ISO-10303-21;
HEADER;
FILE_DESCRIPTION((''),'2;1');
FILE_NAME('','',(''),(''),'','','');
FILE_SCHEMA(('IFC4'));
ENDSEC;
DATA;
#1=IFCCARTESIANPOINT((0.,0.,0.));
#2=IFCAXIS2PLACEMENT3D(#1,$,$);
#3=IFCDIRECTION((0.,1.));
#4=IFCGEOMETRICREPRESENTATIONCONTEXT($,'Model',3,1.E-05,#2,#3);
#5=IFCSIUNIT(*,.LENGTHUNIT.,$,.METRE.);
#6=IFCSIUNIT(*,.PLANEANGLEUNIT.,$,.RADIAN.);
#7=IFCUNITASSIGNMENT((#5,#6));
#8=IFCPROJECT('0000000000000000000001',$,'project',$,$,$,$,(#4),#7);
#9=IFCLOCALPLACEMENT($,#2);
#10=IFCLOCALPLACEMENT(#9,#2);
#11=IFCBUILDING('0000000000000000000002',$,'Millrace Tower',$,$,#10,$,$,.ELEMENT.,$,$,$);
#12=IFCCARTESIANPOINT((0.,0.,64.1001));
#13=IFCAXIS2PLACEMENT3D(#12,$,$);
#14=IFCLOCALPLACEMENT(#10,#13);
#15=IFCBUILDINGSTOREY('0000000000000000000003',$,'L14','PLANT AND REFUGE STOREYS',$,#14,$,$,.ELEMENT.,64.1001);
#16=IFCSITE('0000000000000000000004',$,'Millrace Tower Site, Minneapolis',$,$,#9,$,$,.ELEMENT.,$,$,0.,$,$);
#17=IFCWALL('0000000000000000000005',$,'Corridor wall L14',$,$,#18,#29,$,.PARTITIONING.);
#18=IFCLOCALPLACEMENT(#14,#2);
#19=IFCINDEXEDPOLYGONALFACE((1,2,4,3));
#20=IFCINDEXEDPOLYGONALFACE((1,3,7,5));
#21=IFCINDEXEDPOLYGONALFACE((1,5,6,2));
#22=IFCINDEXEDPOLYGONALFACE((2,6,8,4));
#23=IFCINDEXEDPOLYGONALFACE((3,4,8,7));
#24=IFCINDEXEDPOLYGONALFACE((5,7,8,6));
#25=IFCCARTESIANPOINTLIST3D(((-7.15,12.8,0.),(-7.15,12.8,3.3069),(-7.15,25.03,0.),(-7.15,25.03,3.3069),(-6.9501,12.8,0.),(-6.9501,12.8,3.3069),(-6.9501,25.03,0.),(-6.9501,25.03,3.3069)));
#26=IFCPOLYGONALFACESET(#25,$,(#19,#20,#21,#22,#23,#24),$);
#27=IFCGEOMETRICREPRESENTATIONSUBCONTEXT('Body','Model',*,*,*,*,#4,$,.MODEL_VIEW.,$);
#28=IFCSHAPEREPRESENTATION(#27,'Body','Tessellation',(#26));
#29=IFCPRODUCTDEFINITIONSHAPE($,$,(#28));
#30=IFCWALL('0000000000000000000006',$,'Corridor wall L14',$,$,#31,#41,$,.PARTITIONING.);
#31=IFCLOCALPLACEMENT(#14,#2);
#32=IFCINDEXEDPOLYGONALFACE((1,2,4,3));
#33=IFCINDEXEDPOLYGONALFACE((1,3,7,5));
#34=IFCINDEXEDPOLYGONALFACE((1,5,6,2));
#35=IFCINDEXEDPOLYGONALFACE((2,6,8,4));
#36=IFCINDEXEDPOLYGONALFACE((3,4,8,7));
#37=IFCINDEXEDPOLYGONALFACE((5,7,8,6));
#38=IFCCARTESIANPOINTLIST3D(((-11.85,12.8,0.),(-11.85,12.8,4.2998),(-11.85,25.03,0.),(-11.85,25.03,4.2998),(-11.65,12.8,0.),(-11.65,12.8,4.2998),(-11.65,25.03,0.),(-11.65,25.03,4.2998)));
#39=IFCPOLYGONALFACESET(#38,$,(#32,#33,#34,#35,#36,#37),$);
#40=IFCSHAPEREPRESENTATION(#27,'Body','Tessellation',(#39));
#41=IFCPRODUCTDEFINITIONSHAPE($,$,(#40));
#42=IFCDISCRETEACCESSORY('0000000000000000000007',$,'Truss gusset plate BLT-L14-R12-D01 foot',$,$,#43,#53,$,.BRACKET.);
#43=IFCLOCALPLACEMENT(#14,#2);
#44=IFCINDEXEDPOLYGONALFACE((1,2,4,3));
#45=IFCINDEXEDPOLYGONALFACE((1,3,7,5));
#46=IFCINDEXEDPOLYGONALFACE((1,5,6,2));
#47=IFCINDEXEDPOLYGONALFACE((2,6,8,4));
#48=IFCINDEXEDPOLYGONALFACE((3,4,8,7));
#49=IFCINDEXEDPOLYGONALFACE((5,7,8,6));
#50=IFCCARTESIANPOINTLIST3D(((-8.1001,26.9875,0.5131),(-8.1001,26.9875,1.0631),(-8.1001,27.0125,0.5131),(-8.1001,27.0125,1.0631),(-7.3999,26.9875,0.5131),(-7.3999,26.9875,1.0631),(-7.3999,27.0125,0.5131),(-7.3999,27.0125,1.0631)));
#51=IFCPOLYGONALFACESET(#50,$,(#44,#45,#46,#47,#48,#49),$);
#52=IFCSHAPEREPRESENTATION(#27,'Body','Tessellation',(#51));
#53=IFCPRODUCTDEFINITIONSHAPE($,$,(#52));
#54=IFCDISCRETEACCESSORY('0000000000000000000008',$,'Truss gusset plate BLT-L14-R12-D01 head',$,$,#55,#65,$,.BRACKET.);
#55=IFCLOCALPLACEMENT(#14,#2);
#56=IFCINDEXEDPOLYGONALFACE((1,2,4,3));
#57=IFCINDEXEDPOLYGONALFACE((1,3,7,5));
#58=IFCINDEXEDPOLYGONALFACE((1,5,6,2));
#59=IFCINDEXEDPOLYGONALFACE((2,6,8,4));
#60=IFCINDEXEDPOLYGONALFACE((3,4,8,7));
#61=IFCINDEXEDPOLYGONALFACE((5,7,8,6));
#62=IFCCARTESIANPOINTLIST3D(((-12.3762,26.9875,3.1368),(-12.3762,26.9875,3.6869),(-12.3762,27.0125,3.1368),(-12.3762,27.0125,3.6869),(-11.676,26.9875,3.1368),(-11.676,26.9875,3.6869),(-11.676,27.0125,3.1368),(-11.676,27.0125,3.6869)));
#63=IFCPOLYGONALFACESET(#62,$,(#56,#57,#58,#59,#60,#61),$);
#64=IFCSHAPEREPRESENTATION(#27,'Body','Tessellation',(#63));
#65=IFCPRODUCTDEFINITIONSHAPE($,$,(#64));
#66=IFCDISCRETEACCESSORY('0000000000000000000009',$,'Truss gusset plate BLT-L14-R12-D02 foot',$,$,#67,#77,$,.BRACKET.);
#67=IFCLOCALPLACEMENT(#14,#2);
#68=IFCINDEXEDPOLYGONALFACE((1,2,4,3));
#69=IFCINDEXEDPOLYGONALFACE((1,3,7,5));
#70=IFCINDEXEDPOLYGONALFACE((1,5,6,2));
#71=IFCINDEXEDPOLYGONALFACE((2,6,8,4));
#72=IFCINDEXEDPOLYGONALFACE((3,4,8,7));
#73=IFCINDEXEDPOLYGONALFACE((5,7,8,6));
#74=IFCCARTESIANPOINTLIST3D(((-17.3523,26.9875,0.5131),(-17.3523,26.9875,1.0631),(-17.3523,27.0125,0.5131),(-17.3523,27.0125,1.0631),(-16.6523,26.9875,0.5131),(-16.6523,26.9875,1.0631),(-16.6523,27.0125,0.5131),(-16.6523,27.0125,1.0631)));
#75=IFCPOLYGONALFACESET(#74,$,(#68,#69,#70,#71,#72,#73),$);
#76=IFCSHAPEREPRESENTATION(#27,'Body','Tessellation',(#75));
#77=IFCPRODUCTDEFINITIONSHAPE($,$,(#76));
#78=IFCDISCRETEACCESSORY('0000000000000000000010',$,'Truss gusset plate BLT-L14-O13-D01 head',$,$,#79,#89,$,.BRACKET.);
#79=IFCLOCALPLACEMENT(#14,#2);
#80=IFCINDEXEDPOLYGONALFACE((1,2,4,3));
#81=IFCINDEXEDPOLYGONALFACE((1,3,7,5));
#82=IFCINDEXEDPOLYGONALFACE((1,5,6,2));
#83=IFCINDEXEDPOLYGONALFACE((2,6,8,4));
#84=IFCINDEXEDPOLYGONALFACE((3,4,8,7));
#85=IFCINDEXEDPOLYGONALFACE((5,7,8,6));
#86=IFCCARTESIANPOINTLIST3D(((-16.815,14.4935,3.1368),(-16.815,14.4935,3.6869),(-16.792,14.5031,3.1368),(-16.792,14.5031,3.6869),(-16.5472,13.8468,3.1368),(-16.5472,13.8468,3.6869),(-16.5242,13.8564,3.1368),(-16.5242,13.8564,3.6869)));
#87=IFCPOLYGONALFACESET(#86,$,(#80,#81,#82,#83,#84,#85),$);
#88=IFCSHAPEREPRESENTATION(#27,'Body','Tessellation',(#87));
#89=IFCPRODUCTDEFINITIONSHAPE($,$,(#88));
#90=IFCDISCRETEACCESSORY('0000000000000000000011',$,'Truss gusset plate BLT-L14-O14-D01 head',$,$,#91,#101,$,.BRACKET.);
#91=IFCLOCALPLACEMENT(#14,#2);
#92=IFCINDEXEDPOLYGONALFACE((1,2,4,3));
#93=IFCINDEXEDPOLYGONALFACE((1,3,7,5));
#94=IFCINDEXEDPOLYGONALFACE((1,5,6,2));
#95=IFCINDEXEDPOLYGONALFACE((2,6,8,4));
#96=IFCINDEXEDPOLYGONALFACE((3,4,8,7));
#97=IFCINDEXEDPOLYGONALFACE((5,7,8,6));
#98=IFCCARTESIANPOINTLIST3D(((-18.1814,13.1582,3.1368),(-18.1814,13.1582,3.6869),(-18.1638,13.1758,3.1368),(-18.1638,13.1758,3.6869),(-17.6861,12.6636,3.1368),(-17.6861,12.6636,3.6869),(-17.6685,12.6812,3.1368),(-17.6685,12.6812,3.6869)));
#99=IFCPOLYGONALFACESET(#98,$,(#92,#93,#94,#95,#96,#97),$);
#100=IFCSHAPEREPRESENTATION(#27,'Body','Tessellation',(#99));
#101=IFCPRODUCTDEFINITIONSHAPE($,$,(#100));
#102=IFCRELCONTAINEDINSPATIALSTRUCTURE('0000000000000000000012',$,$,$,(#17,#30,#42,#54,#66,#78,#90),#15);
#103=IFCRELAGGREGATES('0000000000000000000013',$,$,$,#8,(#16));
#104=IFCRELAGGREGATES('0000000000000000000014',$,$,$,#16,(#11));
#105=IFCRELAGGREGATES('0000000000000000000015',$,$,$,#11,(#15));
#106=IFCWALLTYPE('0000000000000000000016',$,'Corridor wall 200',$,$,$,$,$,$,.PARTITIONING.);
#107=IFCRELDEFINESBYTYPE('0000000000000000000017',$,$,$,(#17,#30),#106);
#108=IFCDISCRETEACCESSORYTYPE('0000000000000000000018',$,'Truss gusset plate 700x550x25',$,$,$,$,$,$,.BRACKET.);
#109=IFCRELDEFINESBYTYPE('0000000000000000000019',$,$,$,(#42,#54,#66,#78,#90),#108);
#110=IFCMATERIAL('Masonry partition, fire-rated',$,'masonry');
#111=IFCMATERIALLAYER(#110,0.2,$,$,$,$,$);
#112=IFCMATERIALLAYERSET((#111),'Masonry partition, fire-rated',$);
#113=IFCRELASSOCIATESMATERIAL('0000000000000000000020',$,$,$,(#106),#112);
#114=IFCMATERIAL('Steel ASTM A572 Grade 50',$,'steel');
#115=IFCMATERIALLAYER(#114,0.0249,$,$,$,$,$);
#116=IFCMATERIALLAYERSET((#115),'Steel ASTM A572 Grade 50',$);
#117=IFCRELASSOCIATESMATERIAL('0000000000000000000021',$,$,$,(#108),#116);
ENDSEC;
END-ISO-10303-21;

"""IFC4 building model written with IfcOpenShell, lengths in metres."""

from ifc_helpers import new_model, si_unit, direction, frame, frame_2d, origin, origin_2d, place, context, subcontext, project, spatial, rectangle, extrude, material, layer, layer_set, type_object, element, save


model = new_model("IFC4")

# Units and contexts
model_context = context("Model", 3, precision=1e-05, world=origin(), true_north=direction((0.0, 1.0)))
body_context = subcontext(model_context, "Body", "Model", "MODEL_VIEW")
ifc_project = project(units=[si_unit("LENGTHUNIT", "METRE"), si_unit("PLANEANGLEUNIT", "RADIAN")], contexts=[model_context])

# Site, building, storey
site_placement = place(None, origin())
site = spatial("IfcSite", under=ifc_project, at=site_placement, Name="Millrace Tower Site, Minneapolis", CompositionType="ELEMENT", RefElevation=0.0)
building_placement = place(site_placement, origin())
building = spatial("IfcBuilding", under=site, at=building_placement, Name="Millrace Tower", CompositionType="ELEMENT")
storey_placement = place(building_placement, frame((0.0, 0.0, 64.1001)))
storey = spatial("IfcBuildingStorey", under=building, at=storey_placement, Name="L14", Description="PLANT AND REFUGE STOREYS", CompositionType="ELEMENT", Elevation=64.1001)

# Walls
ifc_material_1 = material(Name="Masonry partition, fire-rated", Category="masonry")
ifc_layer_1 = layer(ifc_material_1, 0.2)
ifc_layer_set_1 = layer_set([ifc_layer_1], Name="Masonry partition, fire-rated")
wall_type = type_object("IfcWallType", Name="Corridor wall 200", PredefinedType="PARTITIONING", material=ifc_layer_set_1)
wall_1_placement = place(storey_placement, frame((-7.05, 12.8, 0.0), z_axis=(0.0, 0.0, 1.0), x_axis=(0.0, 1.0, 0.0)))
element("IfcWall", 1, at=wall_1_placement, inside=storey, type_object=wall_type, Name="Corridor wall L14", PredefinedType="PARTITIONING", context=body_context, shape_type="SweptSolid", body=[
    extrude(rectangle(XDim=12.23, YDim=0.2, at=frame_2d((6.115, 0.0))), origin(), (0.0, 0.0, 1.0), 3.3069),
])
wall_2_placement = place(storey_placement, frame((-11.75, 12.8, 0.0), z_axis=(0.0, 0.0, 1.0), x_axis=(0.0, 1.0, 0.0)))
element("IfcWall", 2, at=wall_2_placement, inside=storey, type_object=wall_type, Name="Corridor wall L14", PredefinedType="PARTITIONING", context=body_context, shape_type="SweptSolid", body=[
    extrude(rectangle(XDim=12.23, YDim=0.2, at=frame_2d((6.115, 0.0))), origin(), (0.0, 0.0, 1.0), 4.2998),
])

# Discrete accessories
ifc_material_2 = material(Name="Steel ASTM A572 Grade 50", Category="steel")
ifc_layer_2 = layer(ifc_material_2, 0.0249)
ifc_layer_set_2 = layer_set([ifc_layer_2], Name="Steel ASTM A572 Grade 50")
discrete_accessory_type = type_object("IfcDiscreteAccessoryType", Name="Truss gusset plate 700x550x25", PredefinedType="BRACKET", material=ifc_layer_set_2)
for number, where, z_axis, x_axis, name in (
    (3, (-8.1001, 27.0, 0.7881), (1.0, 0.0, 0.0), (0.0, 1.0, 0.0), "Truss gusset plate BLT-L14-R12-D01 foot"),
    (4, (-12.3762, 27.0, 3.4119), (1.0, 0.0, 0.0), (0.0, 1.0, 0.0), "Truss gusset plate BLT-L14-R12-D01 head"),
):
    element("IfcDiscreteAccessory", number, at=place(storey_placement, frame(where, z_axis=z_axis, x_axis=x_axis)), inside=storey, type_object=discrete_accessory_type, Name=name, PredefinedType="BRACKET", context=body_context, shape_type="SweptSolid", body=[
        extrude(rectangle(XDim=0.0249, YDim=0.55, at=origin_2d()), origin(), (0.0, 0.0, 1.0), 0.7002),
    ])
for number, where, z_axis, x_axis, name in (
    (5, (-17.3523, 27.0, 0.7881), (1.0, 0.0, 0.0), (0.0, 1.0, 0.0), "Truss gusset plate BLT-L14-R12-D02 foot"),
    (6, (-16.8035, 14.4983, 3.4119), (0.382608, -0.923911, 0.0), (0.923911, 0.382608, 0.0), "Truss gusset plate BLT-L14-O13-D01 head"),
    (7, (-18.1726, 13.167, 3.4119), (0.70763, -0.706583, 0.0), (0.706583, 0.70763, 0.0), "Truss gusset plate BLT-L14-O14-D01 head"),
):
    element("IfcDiscreteAccessory", number, at=place(storey_placement, frame(where, z_axis=z_axis, x_axis=x_axis)), inside=storey, type_object=discrete_accessory_type, Name=name, PredefinedType="BRACKET", context=body_context, shape_type="SweptSolid", body=[
        extrude(rectangle(XDim=0.0249, YDim=0.55, at=origin_2d()), origin(), (0.0, 0.0, 1.0), 0.7),
    ])

save(model, "model.ifc")
